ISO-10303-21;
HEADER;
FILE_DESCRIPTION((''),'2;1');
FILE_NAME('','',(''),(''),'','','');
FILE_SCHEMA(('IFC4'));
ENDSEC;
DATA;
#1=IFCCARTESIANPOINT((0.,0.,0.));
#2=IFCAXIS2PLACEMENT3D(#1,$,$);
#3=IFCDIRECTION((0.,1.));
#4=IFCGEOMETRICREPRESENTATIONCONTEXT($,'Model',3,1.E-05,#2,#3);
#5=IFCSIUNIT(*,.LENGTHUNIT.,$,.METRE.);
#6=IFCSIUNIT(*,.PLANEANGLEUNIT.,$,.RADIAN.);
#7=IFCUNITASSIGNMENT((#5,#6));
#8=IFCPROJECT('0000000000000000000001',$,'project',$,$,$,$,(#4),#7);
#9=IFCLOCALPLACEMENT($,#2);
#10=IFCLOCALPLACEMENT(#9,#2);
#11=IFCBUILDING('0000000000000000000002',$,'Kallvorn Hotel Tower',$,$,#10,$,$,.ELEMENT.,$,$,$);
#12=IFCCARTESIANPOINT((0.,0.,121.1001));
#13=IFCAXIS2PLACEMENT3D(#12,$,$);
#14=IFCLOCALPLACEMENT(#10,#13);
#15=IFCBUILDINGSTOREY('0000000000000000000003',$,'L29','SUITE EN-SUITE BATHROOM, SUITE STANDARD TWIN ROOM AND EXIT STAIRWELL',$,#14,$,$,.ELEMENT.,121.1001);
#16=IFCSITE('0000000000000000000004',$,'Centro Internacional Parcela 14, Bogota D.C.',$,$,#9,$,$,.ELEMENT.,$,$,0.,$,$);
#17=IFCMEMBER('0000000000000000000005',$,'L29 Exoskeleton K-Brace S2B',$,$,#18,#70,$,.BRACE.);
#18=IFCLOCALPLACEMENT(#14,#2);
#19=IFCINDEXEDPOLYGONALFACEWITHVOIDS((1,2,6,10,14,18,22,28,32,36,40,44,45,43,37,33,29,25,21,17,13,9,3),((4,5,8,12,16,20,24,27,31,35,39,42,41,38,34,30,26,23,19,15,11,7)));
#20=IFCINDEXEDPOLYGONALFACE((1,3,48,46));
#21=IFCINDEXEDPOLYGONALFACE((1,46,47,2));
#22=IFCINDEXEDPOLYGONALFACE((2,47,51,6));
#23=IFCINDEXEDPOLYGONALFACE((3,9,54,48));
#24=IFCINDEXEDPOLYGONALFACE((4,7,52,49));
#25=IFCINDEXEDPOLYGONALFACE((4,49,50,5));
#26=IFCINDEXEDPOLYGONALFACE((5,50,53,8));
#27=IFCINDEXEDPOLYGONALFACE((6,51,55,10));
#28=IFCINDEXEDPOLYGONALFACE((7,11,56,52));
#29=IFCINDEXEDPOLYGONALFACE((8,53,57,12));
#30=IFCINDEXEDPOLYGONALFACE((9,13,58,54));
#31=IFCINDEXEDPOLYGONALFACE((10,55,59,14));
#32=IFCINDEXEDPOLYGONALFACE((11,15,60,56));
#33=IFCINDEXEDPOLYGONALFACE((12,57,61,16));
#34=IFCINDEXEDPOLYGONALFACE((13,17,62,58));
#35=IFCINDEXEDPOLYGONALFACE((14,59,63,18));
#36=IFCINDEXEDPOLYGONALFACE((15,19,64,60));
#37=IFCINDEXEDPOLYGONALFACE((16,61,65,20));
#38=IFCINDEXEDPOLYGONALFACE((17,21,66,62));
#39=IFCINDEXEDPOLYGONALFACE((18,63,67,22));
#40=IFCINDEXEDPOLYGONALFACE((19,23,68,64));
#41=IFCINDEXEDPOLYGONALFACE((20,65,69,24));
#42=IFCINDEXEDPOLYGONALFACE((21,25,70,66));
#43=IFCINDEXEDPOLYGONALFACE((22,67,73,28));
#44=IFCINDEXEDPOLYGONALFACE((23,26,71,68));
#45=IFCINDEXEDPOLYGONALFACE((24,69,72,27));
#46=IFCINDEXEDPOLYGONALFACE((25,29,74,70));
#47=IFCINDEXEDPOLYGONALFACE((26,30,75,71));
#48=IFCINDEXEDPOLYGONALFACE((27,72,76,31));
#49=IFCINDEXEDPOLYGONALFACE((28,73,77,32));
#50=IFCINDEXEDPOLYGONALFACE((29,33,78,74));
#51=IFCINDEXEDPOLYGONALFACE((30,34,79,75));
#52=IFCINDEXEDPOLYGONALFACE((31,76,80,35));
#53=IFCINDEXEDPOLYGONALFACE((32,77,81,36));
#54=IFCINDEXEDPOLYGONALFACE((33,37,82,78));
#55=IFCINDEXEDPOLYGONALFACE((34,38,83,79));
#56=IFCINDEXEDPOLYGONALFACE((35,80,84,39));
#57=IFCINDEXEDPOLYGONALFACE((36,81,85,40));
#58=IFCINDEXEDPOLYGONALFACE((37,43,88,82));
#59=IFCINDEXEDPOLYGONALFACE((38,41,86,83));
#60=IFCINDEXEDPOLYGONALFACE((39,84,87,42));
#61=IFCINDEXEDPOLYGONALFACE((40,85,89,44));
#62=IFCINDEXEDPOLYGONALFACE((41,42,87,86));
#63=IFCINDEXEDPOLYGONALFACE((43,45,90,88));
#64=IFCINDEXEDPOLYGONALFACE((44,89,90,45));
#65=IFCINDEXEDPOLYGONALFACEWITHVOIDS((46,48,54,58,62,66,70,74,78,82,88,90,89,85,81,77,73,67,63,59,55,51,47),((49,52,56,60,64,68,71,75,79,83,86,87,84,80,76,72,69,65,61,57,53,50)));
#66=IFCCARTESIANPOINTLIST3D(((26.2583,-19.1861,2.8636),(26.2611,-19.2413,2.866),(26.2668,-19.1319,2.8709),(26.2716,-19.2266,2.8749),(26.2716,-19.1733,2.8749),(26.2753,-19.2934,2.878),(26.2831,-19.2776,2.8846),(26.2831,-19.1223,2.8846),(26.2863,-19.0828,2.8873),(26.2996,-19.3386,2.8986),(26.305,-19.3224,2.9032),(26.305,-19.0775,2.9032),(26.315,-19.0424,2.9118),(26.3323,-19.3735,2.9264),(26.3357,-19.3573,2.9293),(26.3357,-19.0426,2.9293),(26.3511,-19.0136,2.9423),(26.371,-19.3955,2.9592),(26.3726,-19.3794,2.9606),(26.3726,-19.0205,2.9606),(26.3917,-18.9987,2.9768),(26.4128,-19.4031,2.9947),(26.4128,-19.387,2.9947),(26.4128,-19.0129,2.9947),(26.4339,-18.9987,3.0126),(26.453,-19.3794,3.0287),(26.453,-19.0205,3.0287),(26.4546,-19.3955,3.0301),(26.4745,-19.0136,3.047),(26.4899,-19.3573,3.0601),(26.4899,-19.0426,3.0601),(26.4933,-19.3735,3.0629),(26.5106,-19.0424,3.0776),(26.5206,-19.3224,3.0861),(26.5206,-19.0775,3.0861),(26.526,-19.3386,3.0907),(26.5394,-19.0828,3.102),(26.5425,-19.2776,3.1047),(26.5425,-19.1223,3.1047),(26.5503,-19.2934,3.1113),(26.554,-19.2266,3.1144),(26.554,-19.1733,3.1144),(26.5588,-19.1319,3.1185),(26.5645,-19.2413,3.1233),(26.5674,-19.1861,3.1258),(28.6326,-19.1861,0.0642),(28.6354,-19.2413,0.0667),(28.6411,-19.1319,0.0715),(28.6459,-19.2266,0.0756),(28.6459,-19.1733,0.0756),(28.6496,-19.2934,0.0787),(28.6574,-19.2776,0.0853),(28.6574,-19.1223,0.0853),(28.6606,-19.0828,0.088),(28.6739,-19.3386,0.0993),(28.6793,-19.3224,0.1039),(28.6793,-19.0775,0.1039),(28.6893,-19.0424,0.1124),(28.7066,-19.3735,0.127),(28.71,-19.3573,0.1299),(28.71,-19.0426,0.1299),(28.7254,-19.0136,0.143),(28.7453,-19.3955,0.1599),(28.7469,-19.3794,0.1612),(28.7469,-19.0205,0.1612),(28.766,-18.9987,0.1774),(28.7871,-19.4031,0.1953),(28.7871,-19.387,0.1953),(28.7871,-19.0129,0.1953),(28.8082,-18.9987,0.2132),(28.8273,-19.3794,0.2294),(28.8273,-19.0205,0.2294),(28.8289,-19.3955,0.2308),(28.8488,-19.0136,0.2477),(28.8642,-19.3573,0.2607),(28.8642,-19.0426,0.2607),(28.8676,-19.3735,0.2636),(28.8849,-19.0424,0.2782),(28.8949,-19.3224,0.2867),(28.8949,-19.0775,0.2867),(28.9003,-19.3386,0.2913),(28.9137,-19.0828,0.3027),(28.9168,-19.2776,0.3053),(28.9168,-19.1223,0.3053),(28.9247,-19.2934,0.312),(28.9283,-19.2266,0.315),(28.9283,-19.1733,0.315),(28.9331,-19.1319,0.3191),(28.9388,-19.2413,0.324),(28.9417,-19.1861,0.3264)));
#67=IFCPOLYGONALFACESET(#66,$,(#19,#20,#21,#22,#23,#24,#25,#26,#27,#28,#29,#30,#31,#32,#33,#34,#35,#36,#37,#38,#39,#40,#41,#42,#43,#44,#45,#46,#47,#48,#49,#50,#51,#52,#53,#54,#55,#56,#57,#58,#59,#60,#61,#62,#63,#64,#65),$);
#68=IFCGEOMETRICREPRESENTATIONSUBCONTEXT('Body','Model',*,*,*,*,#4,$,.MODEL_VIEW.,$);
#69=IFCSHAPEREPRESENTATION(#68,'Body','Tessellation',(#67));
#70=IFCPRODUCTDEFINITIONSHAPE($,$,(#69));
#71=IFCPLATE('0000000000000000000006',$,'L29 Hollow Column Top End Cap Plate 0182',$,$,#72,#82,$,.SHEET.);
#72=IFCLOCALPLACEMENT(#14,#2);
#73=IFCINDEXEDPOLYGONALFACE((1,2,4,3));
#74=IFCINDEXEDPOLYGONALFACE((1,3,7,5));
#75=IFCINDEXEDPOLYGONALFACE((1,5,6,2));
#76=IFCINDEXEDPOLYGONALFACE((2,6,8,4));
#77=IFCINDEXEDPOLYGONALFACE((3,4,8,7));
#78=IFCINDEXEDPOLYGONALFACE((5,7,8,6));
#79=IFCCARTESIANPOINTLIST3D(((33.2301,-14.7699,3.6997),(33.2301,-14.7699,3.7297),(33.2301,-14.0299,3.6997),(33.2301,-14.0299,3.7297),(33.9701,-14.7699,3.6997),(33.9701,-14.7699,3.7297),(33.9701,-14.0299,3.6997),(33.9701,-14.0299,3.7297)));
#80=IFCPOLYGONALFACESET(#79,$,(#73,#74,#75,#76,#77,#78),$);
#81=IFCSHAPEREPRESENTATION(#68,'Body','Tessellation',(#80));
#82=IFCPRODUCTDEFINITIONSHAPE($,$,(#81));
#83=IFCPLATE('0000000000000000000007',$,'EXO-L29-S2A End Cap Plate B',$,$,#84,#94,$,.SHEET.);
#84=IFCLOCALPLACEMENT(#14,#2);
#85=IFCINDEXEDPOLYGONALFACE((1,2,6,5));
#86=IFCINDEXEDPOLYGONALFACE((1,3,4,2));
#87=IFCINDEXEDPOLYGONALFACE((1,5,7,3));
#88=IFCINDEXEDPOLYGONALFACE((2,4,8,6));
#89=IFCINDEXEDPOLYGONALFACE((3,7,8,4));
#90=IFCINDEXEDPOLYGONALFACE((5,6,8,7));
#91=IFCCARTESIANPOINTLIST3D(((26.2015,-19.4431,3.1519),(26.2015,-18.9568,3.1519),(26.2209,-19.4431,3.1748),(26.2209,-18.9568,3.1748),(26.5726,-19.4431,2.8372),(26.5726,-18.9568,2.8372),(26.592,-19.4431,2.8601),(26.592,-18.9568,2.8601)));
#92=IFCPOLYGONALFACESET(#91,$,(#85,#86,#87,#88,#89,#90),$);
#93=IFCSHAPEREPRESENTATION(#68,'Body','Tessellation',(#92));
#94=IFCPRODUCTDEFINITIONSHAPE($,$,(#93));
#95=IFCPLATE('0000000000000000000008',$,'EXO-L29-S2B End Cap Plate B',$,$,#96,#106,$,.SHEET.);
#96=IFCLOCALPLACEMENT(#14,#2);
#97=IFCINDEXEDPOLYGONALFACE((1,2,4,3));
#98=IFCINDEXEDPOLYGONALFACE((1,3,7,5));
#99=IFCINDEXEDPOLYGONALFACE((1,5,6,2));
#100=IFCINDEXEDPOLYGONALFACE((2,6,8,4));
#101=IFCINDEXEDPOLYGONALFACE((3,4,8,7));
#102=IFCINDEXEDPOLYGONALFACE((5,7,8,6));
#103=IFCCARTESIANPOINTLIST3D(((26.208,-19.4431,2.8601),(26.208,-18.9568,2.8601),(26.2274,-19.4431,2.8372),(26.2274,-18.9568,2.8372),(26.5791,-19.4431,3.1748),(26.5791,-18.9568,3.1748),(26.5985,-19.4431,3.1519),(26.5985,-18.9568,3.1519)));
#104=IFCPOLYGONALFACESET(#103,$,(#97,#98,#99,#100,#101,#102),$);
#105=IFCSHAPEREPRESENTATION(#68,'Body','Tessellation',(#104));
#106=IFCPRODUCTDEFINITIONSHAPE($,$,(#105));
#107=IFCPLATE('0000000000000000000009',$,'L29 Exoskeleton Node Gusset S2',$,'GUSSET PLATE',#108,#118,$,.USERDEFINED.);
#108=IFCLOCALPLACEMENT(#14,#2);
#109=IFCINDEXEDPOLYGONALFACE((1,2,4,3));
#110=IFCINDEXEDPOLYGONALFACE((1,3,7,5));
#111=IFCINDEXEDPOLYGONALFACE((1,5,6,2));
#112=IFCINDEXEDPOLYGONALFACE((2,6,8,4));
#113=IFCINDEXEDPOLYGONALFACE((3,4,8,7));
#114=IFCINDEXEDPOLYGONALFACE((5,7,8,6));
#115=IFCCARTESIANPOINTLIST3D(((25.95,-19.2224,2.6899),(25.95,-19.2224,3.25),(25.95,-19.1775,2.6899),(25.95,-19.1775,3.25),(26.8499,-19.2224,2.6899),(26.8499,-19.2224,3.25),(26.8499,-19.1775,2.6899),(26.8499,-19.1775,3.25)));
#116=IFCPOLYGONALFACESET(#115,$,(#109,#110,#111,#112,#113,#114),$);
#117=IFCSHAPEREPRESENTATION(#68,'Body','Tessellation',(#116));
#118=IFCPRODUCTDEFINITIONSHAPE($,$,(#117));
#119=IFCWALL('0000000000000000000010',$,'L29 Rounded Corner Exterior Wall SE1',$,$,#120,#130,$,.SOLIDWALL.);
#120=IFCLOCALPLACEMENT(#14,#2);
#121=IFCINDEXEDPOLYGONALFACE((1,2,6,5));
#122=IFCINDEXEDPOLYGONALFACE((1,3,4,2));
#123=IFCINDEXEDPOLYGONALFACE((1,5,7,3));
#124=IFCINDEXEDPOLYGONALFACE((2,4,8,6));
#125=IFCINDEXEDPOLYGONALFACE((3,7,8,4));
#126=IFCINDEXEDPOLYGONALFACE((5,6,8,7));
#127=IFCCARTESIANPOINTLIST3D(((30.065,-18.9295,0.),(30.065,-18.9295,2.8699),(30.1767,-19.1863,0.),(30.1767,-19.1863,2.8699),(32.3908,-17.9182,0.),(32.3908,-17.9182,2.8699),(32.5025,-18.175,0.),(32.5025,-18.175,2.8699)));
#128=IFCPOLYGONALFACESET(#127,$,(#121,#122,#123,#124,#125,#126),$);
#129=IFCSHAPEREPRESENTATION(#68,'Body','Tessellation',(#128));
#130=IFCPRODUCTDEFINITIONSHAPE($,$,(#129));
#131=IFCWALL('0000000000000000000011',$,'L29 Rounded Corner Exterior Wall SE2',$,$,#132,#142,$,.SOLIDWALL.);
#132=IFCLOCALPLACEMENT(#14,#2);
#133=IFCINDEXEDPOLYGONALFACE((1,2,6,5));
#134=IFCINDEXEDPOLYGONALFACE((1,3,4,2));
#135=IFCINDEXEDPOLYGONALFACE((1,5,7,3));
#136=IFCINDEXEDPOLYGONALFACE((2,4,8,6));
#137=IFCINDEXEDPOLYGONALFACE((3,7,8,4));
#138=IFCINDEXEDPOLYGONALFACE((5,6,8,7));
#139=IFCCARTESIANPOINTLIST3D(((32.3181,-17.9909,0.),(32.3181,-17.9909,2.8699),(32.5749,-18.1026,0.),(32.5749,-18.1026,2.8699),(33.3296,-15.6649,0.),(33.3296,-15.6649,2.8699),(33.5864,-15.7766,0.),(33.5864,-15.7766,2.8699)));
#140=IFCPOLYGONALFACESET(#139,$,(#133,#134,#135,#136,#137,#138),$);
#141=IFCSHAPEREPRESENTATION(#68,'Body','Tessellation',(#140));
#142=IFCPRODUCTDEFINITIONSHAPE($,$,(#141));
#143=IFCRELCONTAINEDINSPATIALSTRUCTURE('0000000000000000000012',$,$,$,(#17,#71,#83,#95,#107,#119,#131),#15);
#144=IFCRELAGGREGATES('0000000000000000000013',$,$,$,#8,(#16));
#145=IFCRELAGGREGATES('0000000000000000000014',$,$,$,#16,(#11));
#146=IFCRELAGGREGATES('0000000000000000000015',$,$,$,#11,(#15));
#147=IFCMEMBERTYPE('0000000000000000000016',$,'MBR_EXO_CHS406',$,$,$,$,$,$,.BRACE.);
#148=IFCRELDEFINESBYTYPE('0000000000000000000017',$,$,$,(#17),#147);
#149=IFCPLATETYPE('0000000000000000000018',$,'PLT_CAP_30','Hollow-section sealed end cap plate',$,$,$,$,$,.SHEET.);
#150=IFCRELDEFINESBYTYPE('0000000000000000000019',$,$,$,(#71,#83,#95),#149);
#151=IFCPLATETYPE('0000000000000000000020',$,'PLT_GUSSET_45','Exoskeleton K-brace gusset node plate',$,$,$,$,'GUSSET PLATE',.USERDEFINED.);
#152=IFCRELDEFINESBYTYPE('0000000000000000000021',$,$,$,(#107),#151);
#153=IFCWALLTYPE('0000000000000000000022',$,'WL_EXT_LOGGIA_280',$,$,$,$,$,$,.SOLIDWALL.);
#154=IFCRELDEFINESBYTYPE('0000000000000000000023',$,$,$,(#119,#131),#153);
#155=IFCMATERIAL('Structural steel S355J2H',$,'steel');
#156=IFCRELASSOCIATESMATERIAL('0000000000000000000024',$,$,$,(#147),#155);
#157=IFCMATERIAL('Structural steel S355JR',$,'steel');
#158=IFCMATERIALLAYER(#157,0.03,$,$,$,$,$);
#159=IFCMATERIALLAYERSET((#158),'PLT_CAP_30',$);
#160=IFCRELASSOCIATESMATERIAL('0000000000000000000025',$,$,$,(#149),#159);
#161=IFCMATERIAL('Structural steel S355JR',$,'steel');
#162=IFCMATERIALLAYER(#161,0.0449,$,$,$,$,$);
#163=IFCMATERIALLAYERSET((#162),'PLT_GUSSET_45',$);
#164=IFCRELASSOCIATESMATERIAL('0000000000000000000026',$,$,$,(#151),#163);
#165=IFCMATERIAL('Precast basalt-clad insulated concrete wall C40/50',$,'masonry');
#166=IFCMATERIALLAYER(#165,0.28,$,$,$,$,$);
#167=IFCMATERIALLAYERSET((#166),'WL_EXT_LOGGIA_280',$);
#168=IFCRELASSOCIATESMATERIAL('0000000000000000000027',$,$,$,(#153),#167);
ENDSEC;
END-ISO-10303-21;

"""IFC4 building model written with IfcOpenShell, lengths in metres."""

from ifc_helpers import new_model, si_unit, direction, frame, frame_2d, origin, origin_2d, place, context, subcontext, project, spatial, polyline, rectangle, hollow_circle, outline, extrude, material, layer, layer_set, material_profile, profile_set, type_object, element, save


model = new_model("IFC4")

# Units and contexts
model_context = context("Model", 3, precision=1e-05, world=origin(), true_north=direction((0.0, 1.0)))
body_context = subcontext(model_context, "Body", "Model", "MODEL_VIEW")
ifc_project = project(units=[si_unit("LENGTHUNIT", "METRE"), si_unit("PLANEANGLEUNIT", "RADIAN")], contexts=[model_context])

# Site, building, storey
site_placement = place(None, origin())
site = spatial("IfcSite", under=ifc_project, at=site_placement, Name="Centro Internacional Parcela 14, Bogota D.C.", CompositionType="ELEMENT", RefElevation=0.0)
building_placement = place(site_placement, origin())
building = spatial("IfcBuilding", under=site, at=building_placement, Name="Kallvorn Hotel Tower", CompositionType="ELEMENT")
storey_placement = place(building_placement, frame((0.0, 0.0, 121.1001)))
storey = spatial("IfcBuildingStorey", under=building, at=storey_placement, Name="L29", Description="SUITE EN-SUITE BATHROOM, SUITE STANDARD TWIN ROOM AND EXIT STAIRWELL", CompositionType="ELEMENT", Elevation=121.1001)

# Member
ifc_material_1 = material(Name="Structural steel S355J2H", Category="steel")
ifc_material_profile_1 = material_profile(ifc_material_1, hollow_circle(Radius=0.2031, WallThickness=0.0161, at=origin_2d()), Name="CHS 406.4x16")
ifc_profile_set_1 = profile_set([ifc_material_profile_1], Name="Structural steel S355J2H")
member_type = type_object("IfcMemberType", Name="MBR_EXO_CHS406", PredefinedType="BRACE", material=ifc_profile_set_1)
for number, where, z_axis, x_axis, name in (
    (1, (28.7871, -19.2, 0.1953), (-0.646833, 0.0, 0.762631), (0.0, -1.0, 0.0), "L29 Exoskeleton K-Brace S2B"),
):
    element("IfcMember", number, at=place(storey_placement, frame(where, z_axis=z_axis, x_axis=x_axis)), inside=storey, type_object=member_type, Name=name, PredefinedType="BRACE", context=body_context, shape_type="SweptSolid", body=[
        extrude(hollow_circle(Radius=0.2031, WallThickness=0.0161, at=origin_2d()), origin(), (0.0, 0.0, 1.0), 3.6707),
    ])

# Plates
ifc_material_2 = material(Name="Structural steel S355JR", Category="steel")
ifc_layer_1 = layer(ifc_material_2, 0.03)
ifc_layer_set_1 = layer_set([ifc_layer_1], Name="PLT_CAP_30")
plate_type_1 = type_object("IfcPlateType", Name="PLT_CAP_30", Description="Hollow-section sealed end cap plate", PredefinedType="SHEET", material=ifc_layer_set_1)
plate_1_placement = place(storey_placement, frame((33.6001, -14.3999, 3.6997), z_axis=(0.0, 0.0, 1.0), x_axis=(1.0, 0.0, 0.0)))
element("IfcPlate", 2, at=plate_1_placement, inside=storey, type_object=plate_type_1, Name="L29 Hollow Column Top End Cap Plate 0182", PredefinedType="SHEET", context=body_context, shape_type="SweptSolid", body=[
    extrude(rectangle(XDim=0.74, YDim=0.74, at=origin_2d()), origin(), (0.0, 0.0, 1.0), 0.03),
])
for number, where, z_axis, x_axis, name in (
    (3, (26.592, -19.4431, 2.8601), (0.646774, 0.0, 0.762682), (0.0, 1.0, 0.0), "EXO-L29-S2A End Cap Plate B"),
    (4, (26.208, -18.9568, 2.8601), (-0.646774, 0.0, 0.762682), (0.0, -1.0, 0.0), "EXO-L29-S2B End Cap Plate B"),
):
    element("IfcPlate", number, at=place(storey_placement, frame(where, z_axis=z_axis, x_axis=x_axis)), inside=storey, type_object=plate_type_1, Name=name, PredefinedType="SHEET", context=body_context, shape_type="SweptSolid", body=[
        extrude(outline(polyline([(0.0, 0.0), (0.4863, 0.0), (0.4863, 0.4866), (0.0, 0.4866), (0.0, 0.0)])), origin(), (0.0, 0.0, -1.0), 0.03),
    ])
ifc_material_3 = material(Name="Structural steel S355JR", Category="steel")
ifc_layer_2 = layer(ifc_material_3, 0.0449)
ifc_layer_set_2 = layer_set([ifc_layer_2], Name="PLT_GUSSET_45")
plate_type_2 = type_object("IfcPlateType", Name="PLT_GUSSET_45", Description="Exoskeleton K-brace gusset node plate", ElementType="GUSSET PLATE", PredefinedType="USERDEFINED", material=ifc_layer_set_2)
plate_2_placement = place(storey_placement, frame((26.3999, -19.2, 2.6899), z_axis=(0.0, 0.0, 1.0), x_axis=(1.0, 0.0, 0.0)))
element("IfcPlate", 5, at=plate_2_placement, inside=storey, type_object=plate_type_2, Name="L29 Exoskeleton Node Gusset S2", ObjectType="GUSSET PLATE", PredefinedType="USERDEFINED", context=body_context, shape_type="SweptSolid", body=[
    extrude(rectangle(XDim=0.8999, YDim=0.0449, at=origin_2d()), origin(), (0.0, 0.0, 1.0), 0.5601),
])

# Walls
ifc_material_4 = material(Name="Precast basalt-clad insulated concrete wall C40/50", Category="masonry")
ifc_layer_3 = layer(ifc_material_4, 0.28)
ifc_layer_set_3 = layer_set([ifc_layer_3], Name="WL_EXT_LOGGIA_280")
wall_type_1 = type_object("IfcWallType", Name="WL_EXT_LOGGIA_280", PredefinedType="SOLIDWALL", material=ifc_layer_set_3)
wall_1_placement = place(storey_placement, frame((30.1208, -19.0579, 0.0), z_axis=(0.0, 0.0, 1.0), x_axis=(0.917061, 0.398747, 0.0)))
element("IfcWall", 6, at=wall_1_placement, inside=storey, type_object=wall_type_1, Name="L29 Rounded Corner Exterior Wall SE1", PredefinedType="SOLIDWALL", context=body_context, shape_type="SweptSolid", body=[
    extrude(rectangle(XDim=2.5361, YDim=0.28, at=frame_2d((1.2681, 0.0))), origin(), (0.0, 0.0, 1.0), 2.8699),
])
wall_2_placement = place(storey_placement, frame((32.4465, -18.0466, 0.0), z_axis=(0.0, 0.0, 1.0), x_axis=(0.398793, 0.917041, 0.0)))
element("IfcWall", 7, at=wall_2_placement, inside=storey, type_object=wall_type_1, Name="L29 Rounded Corner Exterior Wall SE2", PredefinedType="SOLIDWALL", context=body_context, shape_type="SweptSolid", body=[
    extrude(rectangle(XDim=2.5364, YDim=0.28, at=frame_2d((1.2681, 0.0))), origin(), (0.0, 0.0, 1.0), 2.8699),
])

save(model, "model.ifc")
